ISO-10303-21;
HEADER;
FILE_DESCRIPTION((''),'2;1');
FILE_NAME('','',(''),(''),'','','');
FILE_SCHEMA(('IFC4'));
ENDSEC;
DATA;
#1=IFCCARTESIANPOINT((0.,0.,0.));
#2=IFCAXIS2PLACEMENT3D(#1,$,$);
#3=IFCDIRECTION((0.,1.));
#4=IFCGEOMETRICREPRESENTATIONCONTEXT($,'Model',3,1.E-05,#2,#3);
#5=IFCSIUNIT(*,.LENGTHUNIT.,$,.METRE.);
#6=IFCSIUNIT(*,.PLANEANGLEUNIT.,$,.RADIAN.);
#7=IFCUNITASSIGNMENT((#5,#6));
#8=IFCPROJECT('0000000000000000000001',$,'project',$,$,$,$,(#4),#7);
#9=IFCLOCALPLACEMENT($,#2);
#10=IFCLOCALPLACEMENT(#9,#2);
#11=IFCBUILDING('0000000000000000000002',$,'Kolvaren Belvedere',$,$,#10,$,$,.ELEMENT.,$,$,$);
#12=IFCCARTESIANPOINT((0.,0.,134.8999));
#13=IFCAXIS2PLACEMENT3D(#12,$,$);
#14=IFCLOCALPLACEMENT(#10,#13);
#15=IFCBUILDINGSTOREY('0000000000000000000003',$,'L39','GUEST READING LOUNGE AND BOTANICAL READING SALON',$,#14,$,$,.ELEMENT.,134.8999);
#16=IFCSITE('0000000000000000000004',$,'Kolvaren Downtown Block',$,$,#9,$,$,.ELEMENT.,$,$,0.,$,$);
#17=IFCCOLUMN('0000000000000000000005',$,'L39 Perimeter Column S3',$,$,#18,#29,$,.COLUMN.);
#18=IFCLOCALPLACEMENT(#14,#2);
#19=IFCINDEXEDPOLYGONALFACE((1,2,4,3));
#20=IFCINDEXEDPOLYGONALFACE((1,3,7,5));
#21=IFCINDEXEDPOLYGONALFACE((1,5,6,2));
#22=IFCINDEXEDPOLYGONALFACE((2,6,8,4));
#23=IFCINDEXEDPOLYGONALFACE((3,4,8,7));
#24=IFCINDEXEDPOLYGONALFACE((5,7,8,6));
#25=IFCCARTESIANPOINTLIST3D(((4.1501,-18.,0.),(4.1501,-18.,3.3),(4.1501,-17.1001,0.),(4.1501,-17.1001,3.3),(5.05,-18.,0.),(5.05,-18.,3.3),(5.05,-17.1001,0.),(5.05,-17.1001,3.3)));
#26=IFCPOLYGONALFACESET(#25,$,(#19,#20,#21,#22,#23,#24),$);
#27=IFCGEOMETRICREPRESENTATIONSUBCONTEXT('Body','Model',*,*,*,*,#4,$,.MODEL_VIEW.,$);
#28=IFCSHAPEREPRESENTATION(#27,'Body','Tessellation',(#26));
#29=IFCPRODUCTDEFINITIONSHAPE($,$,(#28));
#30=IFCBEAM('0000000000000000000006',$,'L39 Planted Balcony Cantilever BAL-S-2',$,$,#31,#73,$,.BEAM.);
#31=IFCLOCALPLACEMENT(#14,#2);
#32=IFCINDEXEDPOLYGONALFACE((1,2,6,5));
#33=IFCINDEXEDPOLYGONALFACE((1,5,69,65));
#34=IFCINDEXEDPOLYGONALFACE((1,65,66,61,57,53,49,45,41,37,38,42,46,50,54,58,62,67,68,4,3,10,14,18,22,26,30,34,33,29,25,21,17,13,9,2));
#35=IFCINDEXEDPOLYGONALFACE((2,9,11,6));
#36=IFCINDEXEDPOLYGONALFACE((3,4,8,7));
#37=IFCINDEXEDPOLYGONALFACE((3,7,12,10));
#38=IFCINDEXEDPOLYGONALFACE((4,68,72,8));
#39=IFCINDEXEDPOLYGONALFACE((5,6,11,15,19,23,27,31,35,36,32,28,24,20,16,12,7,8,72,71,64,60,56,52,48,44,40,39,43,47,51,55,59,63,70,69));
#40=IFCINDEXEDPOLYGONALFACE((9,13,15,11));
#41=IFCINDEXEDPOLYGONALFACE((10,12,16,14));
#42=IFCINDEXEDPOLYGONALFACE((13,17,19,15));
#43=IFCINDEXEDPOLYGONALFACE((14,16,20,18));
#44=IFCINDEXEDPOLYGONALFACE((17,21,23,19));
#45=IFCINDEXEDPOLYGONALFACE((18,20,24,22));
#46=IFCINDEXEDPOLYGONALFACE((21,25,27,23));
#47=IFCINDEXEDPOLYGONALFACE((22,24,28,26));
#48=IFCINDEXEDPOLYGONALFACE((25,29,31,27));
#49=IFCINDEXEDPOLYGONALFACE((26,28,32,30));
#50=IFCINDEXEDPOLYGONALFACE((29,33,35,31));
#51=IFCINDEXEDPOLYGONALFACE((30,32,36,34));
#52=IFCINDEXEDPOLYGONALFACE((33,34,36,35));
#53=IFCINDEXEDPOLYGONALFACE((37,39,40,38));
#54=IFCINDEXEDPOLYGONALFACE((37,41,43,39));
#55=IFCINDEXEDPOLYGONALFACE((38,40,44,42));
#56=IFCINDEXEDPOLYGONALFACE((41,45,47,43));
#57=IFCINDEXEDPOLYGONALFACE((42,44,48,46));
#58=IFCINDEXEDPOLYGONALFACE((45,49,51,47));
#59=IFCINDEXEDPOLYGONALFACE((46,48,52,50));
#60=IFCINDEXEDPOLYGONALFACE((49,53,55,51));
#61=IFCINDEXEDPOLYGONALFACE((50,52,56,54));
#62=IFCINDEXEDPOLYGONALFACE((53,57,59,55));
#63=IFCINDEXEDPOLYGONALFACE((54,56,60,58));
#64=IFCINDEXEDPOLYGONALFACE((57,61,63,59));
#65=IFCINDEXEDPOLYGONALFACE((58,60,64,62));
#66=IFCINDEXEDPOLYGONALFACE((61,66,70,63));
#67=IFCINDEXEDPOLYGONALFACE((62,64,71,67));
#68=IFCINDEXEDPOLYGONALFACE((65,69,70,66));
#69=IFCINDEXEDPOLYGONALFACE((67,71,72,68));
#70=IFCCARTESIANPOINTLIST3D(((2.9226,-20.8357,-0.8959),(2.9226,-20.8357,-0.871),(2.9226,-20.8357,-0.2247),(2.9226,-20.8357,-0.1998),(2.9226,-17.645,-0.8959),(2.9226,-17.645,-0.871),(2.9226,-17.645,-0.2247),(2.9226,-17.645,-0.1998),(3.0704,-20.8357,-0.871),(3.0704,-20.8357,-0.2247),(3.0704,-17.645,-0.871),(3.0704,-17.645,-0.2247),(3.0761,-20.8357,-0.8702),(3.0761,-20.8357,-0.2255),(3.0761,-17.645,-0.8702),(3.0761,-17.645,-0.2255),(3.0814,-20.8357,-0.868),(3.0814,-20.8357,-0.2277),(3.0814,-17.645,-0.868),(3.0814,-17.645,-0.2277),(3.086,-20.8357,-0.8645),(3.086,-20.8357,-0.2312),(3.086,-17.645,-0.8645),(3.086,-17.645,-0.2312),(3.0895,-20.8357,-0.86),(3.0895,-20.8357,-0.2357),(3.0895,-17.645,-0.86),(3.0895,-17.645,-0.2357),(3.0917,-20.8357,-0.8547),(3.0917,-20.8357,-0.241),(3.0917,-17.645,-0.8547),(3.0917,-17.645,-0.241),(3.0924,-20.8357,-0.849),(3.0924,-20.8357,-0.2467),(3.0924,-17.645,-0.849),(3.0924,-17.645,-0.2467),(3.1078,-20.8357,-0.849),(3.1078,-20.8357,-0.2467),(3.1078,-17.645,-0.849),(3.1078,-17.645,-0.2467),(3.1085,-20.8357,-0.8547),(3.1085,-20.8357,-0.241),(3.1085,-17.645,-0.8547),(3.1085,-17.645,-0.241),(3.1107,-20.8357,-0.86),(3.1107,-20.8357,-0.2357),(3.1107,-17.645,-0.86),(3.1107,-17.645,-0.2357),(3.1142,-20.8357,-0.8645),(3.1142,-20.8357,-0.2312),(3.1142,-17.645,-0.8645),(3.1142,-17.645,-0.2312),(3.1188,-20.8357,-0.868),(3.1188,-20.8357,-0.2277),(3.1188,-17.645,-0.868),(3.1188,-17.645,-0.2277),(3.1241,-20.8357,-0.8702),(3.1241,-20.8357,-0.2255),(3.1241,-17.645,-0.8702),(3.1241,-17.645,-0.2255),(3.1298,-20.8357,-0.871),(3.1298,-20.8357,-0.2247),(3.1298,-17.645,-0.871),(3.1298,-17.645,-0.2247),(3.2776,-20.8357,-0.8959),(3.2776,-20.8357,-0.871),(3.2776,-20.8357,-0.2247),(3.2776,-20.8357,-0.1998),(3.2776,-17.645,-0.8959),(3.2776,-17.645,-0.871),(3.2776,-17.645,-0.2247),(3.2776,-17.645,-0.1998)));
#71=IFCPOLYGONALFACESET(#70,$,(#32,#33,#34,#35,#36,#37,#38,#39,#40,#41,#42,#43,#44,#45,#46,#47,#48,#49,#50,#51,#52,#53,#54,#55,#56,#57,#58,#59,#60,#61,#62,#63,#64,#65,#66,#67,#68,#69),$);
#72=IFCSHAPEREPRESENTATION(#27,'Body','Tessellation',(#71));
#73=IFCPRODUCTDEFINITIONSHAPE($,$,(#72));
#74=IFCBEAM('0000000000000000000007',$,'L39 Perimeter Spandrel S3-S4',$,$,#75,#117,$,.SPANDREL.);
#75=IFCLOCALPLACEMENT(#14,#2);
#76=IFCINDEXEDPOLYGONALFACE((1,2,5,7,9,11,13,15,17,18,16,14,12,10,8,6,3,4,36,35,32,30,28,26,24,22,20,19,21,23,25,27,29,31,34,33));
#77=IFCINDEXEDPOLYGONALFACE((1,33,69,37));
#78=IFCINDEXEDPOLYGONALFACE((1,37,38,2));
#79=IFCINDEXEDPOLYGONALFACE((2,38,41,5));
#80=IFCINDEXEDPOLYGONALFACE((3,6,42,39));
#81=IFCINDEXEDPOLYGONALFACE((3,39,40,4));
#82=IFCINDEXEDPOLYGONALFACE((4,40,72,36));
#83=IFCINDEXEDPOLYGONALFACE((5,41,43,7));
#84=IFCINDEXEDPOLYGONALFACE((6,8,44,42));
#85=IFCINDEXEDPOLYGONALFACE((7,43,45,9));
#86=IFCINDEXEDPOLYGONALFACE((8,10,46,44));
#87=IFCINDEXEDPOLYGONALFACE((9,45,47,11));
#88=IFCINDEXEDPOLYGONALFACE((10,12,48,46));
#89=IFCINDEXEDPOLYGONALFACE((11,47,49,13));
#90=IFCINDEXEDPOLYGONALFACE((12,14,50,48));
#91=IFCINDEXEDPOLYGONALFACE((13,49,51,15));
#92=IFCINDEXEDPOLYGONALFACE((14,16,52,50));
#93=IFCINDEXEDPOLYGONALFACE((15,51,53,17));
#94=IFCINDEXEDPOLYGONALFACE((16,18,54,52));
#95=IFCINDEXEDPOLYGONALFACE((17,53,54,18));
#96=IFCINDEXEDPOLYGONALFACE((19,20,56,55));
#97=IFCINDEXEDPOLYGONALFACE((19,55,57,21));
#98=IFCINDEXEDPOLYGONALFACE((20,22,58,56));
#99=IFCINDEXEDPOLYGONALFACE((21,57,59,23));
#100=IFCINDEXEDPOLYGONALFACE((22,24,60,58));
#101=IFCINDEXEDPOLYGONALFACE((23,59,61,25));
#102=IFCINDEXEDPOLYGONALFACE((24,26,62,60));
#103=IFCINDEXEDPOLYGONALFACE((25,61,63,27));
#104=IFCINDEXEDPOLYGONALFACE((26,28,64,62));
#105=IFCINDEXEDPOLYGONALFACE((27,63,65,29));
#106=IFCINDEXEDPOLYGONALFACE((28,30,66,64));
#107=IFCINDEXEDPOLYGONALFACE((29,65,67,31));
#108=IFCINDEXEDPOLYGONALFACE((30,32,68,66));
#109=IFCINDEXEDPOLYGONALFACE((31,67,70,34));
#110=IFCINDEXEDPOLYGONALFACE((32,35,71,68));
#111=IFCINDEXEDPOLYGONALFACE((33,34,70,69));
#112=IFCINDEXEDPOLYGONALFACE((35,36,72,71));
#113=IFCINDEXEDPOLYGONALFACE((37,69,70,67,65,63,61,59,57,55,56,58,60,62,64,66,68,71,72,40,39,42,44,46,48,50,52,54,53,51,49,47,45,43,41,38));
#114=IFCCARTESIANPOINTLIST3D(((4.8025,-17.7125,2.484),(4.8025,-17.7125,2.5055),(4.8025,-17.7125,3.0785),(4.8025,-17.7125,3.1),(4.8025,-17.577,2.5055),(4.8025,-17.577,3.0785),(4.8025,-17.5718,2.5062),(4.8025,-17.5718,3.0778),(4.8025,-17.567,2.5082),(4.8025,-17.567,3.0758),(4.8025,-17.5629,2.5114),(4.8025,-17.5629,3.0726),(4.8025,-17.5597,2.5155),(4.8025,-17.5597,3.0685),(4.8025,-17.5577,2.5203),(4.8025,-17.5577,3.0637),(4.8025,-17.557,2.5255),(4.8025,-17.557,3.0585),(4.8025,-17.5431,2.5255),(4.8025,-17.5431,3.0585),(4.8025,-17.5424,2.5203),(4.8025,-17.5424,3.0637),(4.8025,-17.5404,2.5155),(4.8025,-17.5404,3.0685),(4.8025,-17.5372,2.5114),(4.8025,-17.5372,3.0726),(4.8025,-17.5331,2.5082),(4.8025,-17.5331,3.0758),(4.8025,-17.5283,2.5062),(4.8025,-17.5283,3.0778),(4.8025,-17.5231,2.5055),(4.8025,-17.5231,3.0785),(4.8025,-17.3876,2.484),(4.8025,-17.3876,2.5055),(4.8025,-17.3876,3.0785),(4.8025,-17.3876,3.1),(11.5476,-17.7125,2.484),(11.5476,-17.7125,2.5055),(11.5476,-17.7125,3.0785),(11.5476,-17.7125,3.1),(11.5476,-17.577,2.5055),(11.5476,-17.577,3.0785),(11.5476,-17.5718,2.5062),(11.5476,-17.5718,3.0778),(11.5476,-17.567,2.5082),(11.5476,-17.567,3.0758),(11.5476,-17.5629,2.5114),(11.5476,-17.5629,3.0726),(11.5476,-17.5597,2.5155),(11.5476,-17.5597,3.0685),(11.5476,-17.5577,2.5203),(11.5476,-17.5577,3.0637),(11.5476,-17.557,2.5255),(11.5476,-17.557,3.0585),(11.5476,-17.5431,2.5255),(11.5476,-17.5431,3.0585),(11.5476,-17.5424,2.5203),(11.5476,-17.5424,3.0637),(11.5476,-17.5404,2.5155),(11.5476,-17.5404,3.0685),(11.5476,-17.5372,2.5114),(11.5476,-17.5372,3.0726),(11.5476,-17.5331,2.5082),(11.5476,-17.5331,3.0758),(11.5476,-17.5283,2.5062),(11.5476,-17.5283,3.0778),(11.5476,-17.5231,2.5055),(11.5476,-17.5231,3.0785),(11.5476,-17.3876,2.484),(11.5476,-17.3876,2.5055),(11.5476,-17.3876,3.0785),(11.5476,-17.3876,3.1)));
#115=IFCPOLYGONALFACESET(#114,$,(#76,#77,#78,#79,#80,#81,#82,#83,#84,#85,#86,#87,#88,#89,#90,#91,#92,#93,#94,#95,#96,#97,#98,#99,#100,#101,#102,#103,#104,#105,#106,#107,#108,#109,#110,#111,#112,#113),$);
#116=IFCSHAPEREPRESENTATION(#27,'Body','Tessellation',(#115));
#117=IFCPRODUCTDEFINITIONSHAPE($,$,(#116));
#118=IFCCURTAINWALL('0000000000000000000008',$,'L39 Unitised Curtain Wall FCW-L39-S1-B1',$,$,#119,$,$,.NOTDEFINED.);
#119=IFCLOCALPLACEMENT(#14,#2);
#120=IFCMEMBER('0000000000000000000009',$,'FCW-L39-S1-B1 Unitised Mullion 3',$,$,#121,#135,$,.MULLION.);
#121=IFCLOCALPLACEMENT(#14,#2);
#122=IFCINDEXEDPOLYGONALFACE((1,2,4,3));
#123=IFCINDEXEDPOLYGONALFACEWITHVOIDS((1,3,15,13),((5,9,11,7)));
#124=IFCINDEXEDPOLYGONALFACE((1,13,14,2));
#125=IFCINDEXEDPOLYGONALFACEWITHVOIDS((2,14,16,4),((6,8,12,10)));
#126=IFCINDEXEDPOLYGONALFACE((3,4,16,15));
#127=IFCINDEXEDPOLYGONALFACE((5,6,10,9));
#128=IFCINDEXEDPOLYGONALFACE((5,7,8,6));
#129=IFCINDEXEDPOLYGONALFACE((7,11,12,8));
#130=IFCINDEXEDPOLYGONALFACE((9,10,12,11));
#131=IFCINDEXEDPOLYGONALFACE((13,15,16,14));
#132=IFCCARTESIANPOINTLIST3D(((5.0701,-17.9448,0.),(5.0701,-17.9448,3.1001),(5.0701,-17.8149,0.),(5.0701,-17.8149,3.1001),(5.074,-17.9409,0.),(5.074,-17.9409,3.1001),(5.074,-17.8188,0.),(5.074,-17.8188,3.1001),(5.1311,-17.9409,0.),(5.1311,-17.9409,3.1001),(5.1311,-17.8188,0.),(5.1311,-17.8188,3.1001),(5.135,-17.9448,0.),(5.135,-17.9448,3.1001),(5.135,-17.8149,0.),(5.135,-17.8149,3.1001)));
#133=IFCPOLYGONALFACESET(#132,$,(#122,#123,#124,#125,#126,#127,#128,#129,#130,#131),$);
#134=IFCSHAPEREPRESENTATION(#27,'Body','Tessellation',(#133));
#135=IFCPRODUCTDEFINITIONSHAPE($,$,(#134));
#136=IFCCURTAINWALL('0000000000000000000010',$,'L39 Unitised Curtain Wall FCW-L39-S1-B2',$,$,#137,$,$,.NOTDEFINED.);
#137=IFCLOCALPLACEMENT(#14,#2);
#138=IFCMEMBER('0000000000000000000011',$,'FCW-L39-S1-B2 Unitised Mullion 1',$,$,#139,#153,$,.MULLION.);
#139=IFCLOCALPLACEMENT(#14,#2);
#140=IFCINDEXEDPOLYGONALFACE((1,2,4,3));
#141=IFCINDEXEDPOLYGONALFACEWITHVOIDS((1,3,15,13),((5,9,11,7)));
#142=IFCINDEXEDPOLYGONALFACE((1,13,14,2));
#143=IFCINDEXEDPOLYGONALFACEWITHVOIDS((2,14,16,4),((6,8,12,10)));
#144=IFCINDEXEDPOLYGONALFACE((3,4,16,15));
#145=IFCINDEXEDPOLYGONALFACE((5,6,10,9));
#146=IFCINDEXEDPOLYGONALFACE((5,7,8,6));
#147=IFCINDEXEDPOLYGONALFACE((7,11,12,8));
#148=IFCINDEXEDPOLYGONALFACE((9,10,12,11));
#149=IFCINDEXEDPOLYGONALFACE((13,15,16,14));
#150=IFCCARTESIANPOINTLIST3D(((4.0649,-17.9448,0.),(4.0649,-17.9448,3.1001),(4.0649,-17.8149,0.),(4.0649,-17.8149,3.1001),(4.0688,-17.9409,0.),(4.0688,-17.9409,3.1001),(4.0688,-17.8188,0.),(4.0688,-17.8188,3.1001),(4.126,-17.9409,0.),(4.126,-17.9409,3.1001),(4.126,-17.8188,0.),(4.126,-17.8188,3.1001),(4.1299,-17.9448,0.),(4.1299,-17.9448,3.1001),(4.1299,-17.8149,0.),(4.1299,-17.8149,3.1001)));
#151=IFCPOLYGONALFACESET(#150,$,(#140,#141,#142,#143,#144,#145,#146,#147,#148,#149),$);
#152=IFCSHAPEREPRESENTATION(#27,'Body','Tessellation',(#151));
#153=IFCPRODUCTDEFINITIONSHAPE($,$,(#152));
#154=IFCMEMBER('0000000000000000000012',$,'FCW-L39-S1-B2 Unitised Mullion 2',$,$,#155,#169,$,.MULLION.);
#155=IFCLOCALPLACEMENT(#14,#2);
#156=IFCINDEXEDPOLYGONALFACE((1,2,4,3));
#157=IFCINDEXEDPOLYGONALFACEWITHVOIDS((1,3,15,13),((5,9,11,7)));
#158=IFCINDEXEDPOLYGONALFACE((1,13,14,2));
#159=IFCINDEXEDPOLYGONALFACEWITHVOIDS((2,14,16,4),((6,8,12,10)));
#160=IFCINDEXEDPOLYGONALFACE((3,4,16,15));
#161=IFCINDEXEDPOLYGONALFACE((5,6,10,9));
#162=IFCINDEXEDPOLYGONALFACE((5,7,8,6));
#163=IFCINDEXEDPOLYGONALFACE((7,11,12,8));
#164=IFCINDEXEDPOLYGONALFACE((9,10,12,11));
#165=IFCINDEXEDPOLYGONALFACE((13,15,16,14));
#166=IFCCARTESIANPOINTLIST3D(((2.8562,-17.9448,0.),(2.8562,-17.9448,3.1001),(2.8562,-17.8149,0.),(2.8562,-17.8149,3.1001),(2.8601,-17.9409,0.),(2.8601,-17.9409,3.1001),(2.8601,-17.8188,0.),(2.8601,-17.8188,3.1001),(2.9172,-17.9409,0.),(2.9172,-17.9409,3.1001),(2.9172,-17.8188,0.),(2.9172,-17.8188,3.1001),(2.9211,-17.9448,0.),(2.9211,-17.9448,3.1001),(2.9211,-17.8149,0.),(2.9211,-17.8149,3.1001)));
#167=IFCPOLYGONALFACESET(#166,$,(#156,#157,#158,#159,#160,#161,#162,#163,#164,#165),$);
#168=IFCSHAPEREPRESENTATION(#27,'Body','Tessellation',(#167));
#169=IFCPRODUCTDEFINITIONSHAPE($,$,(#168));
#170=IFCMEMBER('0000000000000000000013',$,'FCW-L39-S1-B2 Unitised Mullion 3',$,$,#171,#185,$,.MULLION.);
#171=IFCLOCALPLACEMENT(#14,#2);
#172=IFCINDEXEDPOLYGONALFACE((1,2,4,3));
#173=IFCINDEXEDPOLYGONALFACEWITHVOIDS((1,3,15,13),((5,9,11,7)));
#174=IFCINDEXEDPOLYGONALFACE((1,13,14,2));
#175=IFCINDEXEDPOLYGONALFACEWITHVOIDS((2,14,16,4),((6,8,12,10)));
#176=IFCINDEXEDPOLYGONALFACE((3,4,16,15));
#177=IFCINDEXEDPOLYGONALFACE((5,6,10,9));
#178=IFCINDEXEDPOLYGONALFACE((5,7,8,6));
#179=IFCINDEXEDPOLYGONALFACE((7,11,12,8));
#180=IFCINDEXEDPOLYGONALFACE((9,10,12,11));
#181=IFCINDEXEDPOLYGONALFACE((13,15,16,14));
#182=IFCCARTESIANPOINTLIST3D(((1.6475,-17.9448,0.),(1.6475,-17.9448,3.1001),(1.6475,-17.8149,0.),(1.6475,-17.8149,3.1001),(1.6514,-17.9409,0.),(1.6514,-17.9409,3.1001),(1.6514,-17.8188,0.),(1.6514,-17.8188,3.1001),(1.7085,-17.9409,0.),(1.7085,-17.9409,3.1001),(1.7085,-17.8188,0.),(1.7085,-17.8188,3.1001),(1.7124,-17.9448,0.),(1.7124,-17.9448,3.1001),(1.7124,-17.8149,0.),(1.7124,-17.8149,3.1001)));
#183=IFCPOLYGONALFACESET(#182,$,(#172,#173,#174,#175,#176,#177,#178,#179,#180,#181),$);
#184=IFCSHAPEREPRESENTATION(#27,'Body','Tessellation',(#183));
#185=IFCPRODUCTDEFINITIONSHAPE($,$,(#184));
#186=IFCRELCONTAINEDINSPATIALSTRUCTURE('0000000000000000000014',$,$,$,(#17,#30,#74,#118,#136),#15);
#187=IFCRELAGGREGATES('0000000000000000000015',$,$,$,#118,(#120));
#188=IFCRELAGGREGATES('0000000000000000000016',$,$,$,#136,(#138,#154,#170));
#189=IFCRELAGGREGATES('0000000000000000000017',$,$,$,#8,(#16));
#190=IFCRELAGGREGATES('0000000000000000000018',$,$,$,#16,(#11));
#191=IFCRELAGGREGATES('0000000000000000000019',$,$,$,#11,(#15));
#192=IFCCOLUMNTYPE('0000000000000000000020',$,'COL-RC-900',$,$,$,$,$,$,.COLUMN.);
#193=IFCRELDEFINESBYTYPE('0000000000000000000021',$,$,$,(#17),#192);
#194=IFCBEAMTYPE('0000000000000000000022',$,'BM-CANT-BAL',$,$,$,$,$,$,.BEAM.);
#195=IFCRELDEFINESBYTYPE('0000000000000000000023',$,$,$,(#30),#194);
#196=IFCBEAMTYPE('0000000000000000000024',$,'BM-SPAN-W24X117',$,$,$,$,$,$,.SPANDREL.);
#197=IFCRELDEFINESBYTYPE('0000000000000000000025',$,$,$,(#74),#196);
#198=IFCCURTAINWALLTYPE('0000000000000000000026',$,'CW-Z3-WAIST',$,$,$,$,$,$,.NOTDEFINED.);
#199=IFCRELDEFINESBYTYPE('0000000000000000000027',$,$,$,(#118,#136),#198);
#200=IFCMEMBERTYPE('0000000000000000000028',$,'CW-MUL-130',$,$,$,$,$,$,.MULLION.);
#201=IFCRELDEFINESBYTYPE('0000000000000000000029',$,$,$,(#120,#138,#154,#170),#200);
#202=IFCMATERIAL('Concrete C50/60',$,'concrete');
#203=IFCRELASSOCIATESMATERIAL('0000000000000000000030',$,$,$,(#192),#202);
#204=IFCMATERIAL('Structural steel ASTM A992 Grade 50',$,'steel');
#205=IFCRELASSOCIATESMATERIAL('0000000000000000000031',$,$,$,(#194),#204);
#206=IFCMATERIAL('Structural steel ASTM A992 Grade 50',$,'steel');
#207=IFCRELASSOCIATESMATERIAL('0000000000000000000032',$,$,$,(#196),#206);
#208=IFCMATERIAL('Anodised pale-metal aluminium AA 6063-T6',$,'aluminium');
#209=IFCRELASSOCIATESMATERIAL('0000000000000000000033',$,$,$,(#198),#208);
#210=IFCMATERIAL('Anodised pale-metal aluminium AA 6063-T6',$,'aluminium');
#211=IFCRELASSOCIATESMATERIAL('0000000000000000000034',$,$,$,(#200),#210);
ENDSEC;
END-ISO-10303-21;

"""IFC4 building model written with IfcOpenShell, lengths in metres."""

from ifc_helpers import new_model, si_unit, direction, frame, origin, origin_2d, place, context, subcontext, project, spatial, rectangle, hollow_rectangle, i_section, extrude, material, material_profile, profile_set, type_object, element, aggregate, save


model = new_model("IFC4")

# Units and contexts
model_context = context("Model", 3, precision=1e-05, world=origin(), true_north=direction((0.0, 1.0)))
body_context = subcontext(model_context, "Body", "Model", "MODEL_VIEW")
ifc_project = project(units=[si_unit("LENGTHUNIT", "METRE"), si_unit("PLANEANGLEUNIT", "RADIAN")], contexts=[model_context])

# Site, building, storey
site_placement = place(None, origin())
site = spatial("IfcSite", under=ifc_project, at=site_placement, Name="Kolvaren Downtown Block", CompositionType="ELEMENT", RefElevation=0.0)
building_placement = place(site_placement, origin())
building = spatial("IfcBuilding", under=site, at=building_placement, Name="Kolvaren Belvedere", CompositionType="ELEMENT")
storey_placement = place(building_placement, frame((0.0, 0.0, 134.8999)))
storey = spatial("IfcBuildingStorey", under=building, at=storey_placement, Name="L39", Description="GUEST READING LOUNGE AND BOTANICAL READING SALON", CompositionType="ELEMENT", Elevation=134.8999)

# Column
ifc_material_1 = material(Name="Concrete C50/60", Category="concrete")
ifc_material_profile_1 = material_profile(ifc_material_1, rectangle(XDim=0.8999, YDim=0.8999, at=origin_2d()), Name="RC 900X900")
ifc_profile_set_1 = profile_set([ifc_material_profile_1], Name="Concrete C50/60")
column_type = type_object("IfcColumnType", Name="COL-RC-900", PredefinedType="COLUMN", material=ifc_profile_set_1)
column_placement = place(storey_placement, frame((4.6001, -17.55, 0.0), z_axis=(0.0, 0.0, 1.0), x_axis=(1.0, 0.0, 0.0)))
element("IfcColumn", 1, at=column_placement, inside=storey, type_object=column_type, Name="L39 Perimeter Column S3", PredefinedType="COLUMN", context=body_context, shape_type="SweptSolid", body=[
    extrude(rectangle(XDim=0.8999, YDim=0.8999, at=origin_2d()), origin(), (0.0, 0.0, 1.0), 3.3),
])

# Beams
ifc_material_2 = material(Name="Structural steel ASTM A992 Grade 50", Category="steel")
ifc_material_profile_2 = material_profile(ifc_material_2, i_section(OverallWidth=0.355, OverallDepth=0.696, WebThickness=0.0154, FlangeThickness=0.0249, FilletRadius=0.022, at=origin_2d()), Name="W27X146")
ifc_profile_set_2 = profile_set([ifc_material_profile_2], Name="Structural steel ASTM A992 Grade 50")
beam_type_1 = type_object("IfcBeamType", Name="BM-CANT-BAL", PredefinedType="BEAM", material=ifc_profile_set_2)
beam_1_placement = place(storey_placement, frame((3.1001, -17.645, -0.5479), z_axis=(0.0, -1.0, 0.0), x_axis=(1.0, 0.0, 0.0)))
element("IfcBeam", 2, at=beam_1_placement, inside=storey, type_object=beam_type_1, Name="L39 Planted Balcony Cantilever BAL-S-2", PredefinedType="BEAM", context=body_context, shape_type="SweptSolid", body=[
    extrude(i_section(OverallWidth=0.355, OverallDepth=0.696, WebThickness=0.0154, FlangeThickness=0.0249, FilletRadius=0.022, at=origin_2d()), origin(), (0.0, 0.0, 1.0), 3.1907),
])
ifc_material_3 = material(Name="Structural steel ASTM A992 Grade 50", Category="steel")
ifc_material_profile_3 = material_profile(ifc_material_3, i_section(OverallWidth=0.325, OverallDepth=0.616, WebThickness=0.0139, FlangeThickness=0.0215, FilletRadius=0.02, at=origin_2d()), Name="W24X117")
ifc_profile_set_3 = profile_set([ifc_material_profile_3], Name="Structural steel ASTM A992 Grade 50")
beam_type_2 = type_object("IfcBeamType", Name="BM-SPAN-W24X117", PredefinedType="SPANDREL", material=ifc_profile_set_3)
beam_2_placement = place(storey_placement, frame((4.8025, -17.55, 2.792), z_axis=(1.0, 0.0, 0.0), x_axis=(0.0, 1.0, 0.0)))
element("IfcBeam", 3, at=beam_2_placement, inside=storey, type_object=beam_type_2, Name="L39 Perimeter Spandrel S3-S4", PredefinedType="SPANDREL", context=body_context, shape_type="SweptSolid", body=[
    extrude(i_section(OverallWidth=0.325, OverallDepth=0.616, WebThickness=0.0139, FlangeThickness=0.0215, FilletRadius=0.02, at=origin_2d()), origin(), (0.0, 0.0, 1.0), 6.7451),
])

# Curtain wall, member
ifc_material_4 = material(Name="Anodised pale-metal aluminium AA 6063-T6", Category="aluminium")
curtain_wall_type = type_object("IfcCurtainWallType", Name="CW-Z3-WAIST", PredefinedType="NOTDEFINED", material=ifc_material_4)
curtain_wall_1_placement = place(storey_placement, origin())
curtain_wall_1 = element("IfcCurtainWall", 4, at=curtain_wall_1_placement, inside=storey, type_object=curtain_wall_type, Name="L39 Unitised Curtain Wall FCW-L39-S1-B1", PredefinedType="NOTDEFINED")
ifc_material_5 = material(Name="Anodised pale-metal aluminium AA 6063-T6", Category="aluminium")
ifc_material_profile_4 = material_profile(ifc_material_5, hollow_rectangle(XDim=0.0649, YDim=0.1299, WallThickness=0.0039, at=origin_2d()), Name="ALU-MUL-130X65")
ifc_profile_set_4 = profile_set([ifc_material_profile_4], Name="Anodised pale-metal aluminium AA 6063-T6")
member_type_1 = type_object("IfcMemberType", Name="CW-MUL-130", PredefinedType="MULLION", material=ifc_profile_set_4)
member_1_placement = place(storey_placement, frame((5.1025, -17.8799, 0.0), z_axis=(0.0, 0.0, 1.0), x_axis=(1.0, 0.0, 0.0)))
member_1 = element("IfcMember", 5, at=member_1_placement, type_object=member_type_1, Name="FCW-L39-S1-B1 Unitised Mullion 3", PredefinedType="MULLION", context=body_context, shape_type="SweptSolid", body=[
    extrude(hollow_rectangle(XDim=0.0649, YDim=0.1299, WallThickness=0.0039, at=origin_2d()), origin(), (0.0, 0.0, 1.0), 3.1001),
])

# Curtain wall, members
curtain_wall_2_placement = place(storey_placement, origin())
curtain_wall_2 = element("IfcCurtainWall", 6, at=curtain_wall_2_placement, inside=storey, type_object=curtain_wall_type, Name="L39 Unitised Curtain Wall FCW-L39-S1-B2", PredefinedType="NOTDEFINED")
member_2_placement = place(storey_placement, frame((4.0974, -17.8799, 0.0), z_axis=(0.0, 0.0, 1.0), x_axis=(1.0, 0.0, 0.0)))
member_2 = element("IfcMember", 7, at=member_2_placement, type_object=member_type_1, Name="FCW-L39-S1-B2 Unitised Mullion 1", PredefinedType="MULLION", context=body_context, shape_type="SweptSolid", body=[
    extrude(hollow_rectangle(XDim=0.0649, YDim=0.1299, WallThickness=0.0039, at=origin_2d()), origin(), (0.0, 0.0, 1.0), 3.1001),
])
member_3_placement = place(storey_placement, frame((2.8887, -17.8799, 0.0), z_axis=(0.0, 0.0, 1.0), x_axis=(1.0, 0.0, 0.0)))
member_3 = element("IfcMember", 8, at=member_3_placement, type_object=member_type_1, Name="FCW-L39-S1-B2 Unitised Mullion 2", PredefinedType="MULLION", context=body_context, shape_type="SweptSolid", body=[
    extrude(hollow_rectangle(XDim=0.0649, YDim=0.1299, WallThickness=0.0039, at=origin_2d()), origin(), (0.0, 0.0, 1.0), 3.1001),
])
member_4_placement = place(storey_placement, frame((1.6799, -17.8799, 0.0), z_axis=(0.0, 0.0, 1.0), x_axis=(1.0, 0.0, 0.0)))
member_4 = element("IfcMember", 9, at=member_4_placement, type_object=member_type_1, Name="FCW-L39-S1-B2 Unitised Mullion 3", PredefinedType="MULLION", context=body_context, shape_type="SweptSolid", body=[
    extrude(hollow_rectangle(XDim=0.0649, YDim=0.1299, WallThickness=0.0039, at=origin_2d()), origin(), (0.0, 0.0, 1.0), 3.1001),
])

aggregate(curtain_wall_1, [member_1])
aggregate(curtain_wall_2, [member_2, member_3, member_4])

save(model, "model.ifc")
